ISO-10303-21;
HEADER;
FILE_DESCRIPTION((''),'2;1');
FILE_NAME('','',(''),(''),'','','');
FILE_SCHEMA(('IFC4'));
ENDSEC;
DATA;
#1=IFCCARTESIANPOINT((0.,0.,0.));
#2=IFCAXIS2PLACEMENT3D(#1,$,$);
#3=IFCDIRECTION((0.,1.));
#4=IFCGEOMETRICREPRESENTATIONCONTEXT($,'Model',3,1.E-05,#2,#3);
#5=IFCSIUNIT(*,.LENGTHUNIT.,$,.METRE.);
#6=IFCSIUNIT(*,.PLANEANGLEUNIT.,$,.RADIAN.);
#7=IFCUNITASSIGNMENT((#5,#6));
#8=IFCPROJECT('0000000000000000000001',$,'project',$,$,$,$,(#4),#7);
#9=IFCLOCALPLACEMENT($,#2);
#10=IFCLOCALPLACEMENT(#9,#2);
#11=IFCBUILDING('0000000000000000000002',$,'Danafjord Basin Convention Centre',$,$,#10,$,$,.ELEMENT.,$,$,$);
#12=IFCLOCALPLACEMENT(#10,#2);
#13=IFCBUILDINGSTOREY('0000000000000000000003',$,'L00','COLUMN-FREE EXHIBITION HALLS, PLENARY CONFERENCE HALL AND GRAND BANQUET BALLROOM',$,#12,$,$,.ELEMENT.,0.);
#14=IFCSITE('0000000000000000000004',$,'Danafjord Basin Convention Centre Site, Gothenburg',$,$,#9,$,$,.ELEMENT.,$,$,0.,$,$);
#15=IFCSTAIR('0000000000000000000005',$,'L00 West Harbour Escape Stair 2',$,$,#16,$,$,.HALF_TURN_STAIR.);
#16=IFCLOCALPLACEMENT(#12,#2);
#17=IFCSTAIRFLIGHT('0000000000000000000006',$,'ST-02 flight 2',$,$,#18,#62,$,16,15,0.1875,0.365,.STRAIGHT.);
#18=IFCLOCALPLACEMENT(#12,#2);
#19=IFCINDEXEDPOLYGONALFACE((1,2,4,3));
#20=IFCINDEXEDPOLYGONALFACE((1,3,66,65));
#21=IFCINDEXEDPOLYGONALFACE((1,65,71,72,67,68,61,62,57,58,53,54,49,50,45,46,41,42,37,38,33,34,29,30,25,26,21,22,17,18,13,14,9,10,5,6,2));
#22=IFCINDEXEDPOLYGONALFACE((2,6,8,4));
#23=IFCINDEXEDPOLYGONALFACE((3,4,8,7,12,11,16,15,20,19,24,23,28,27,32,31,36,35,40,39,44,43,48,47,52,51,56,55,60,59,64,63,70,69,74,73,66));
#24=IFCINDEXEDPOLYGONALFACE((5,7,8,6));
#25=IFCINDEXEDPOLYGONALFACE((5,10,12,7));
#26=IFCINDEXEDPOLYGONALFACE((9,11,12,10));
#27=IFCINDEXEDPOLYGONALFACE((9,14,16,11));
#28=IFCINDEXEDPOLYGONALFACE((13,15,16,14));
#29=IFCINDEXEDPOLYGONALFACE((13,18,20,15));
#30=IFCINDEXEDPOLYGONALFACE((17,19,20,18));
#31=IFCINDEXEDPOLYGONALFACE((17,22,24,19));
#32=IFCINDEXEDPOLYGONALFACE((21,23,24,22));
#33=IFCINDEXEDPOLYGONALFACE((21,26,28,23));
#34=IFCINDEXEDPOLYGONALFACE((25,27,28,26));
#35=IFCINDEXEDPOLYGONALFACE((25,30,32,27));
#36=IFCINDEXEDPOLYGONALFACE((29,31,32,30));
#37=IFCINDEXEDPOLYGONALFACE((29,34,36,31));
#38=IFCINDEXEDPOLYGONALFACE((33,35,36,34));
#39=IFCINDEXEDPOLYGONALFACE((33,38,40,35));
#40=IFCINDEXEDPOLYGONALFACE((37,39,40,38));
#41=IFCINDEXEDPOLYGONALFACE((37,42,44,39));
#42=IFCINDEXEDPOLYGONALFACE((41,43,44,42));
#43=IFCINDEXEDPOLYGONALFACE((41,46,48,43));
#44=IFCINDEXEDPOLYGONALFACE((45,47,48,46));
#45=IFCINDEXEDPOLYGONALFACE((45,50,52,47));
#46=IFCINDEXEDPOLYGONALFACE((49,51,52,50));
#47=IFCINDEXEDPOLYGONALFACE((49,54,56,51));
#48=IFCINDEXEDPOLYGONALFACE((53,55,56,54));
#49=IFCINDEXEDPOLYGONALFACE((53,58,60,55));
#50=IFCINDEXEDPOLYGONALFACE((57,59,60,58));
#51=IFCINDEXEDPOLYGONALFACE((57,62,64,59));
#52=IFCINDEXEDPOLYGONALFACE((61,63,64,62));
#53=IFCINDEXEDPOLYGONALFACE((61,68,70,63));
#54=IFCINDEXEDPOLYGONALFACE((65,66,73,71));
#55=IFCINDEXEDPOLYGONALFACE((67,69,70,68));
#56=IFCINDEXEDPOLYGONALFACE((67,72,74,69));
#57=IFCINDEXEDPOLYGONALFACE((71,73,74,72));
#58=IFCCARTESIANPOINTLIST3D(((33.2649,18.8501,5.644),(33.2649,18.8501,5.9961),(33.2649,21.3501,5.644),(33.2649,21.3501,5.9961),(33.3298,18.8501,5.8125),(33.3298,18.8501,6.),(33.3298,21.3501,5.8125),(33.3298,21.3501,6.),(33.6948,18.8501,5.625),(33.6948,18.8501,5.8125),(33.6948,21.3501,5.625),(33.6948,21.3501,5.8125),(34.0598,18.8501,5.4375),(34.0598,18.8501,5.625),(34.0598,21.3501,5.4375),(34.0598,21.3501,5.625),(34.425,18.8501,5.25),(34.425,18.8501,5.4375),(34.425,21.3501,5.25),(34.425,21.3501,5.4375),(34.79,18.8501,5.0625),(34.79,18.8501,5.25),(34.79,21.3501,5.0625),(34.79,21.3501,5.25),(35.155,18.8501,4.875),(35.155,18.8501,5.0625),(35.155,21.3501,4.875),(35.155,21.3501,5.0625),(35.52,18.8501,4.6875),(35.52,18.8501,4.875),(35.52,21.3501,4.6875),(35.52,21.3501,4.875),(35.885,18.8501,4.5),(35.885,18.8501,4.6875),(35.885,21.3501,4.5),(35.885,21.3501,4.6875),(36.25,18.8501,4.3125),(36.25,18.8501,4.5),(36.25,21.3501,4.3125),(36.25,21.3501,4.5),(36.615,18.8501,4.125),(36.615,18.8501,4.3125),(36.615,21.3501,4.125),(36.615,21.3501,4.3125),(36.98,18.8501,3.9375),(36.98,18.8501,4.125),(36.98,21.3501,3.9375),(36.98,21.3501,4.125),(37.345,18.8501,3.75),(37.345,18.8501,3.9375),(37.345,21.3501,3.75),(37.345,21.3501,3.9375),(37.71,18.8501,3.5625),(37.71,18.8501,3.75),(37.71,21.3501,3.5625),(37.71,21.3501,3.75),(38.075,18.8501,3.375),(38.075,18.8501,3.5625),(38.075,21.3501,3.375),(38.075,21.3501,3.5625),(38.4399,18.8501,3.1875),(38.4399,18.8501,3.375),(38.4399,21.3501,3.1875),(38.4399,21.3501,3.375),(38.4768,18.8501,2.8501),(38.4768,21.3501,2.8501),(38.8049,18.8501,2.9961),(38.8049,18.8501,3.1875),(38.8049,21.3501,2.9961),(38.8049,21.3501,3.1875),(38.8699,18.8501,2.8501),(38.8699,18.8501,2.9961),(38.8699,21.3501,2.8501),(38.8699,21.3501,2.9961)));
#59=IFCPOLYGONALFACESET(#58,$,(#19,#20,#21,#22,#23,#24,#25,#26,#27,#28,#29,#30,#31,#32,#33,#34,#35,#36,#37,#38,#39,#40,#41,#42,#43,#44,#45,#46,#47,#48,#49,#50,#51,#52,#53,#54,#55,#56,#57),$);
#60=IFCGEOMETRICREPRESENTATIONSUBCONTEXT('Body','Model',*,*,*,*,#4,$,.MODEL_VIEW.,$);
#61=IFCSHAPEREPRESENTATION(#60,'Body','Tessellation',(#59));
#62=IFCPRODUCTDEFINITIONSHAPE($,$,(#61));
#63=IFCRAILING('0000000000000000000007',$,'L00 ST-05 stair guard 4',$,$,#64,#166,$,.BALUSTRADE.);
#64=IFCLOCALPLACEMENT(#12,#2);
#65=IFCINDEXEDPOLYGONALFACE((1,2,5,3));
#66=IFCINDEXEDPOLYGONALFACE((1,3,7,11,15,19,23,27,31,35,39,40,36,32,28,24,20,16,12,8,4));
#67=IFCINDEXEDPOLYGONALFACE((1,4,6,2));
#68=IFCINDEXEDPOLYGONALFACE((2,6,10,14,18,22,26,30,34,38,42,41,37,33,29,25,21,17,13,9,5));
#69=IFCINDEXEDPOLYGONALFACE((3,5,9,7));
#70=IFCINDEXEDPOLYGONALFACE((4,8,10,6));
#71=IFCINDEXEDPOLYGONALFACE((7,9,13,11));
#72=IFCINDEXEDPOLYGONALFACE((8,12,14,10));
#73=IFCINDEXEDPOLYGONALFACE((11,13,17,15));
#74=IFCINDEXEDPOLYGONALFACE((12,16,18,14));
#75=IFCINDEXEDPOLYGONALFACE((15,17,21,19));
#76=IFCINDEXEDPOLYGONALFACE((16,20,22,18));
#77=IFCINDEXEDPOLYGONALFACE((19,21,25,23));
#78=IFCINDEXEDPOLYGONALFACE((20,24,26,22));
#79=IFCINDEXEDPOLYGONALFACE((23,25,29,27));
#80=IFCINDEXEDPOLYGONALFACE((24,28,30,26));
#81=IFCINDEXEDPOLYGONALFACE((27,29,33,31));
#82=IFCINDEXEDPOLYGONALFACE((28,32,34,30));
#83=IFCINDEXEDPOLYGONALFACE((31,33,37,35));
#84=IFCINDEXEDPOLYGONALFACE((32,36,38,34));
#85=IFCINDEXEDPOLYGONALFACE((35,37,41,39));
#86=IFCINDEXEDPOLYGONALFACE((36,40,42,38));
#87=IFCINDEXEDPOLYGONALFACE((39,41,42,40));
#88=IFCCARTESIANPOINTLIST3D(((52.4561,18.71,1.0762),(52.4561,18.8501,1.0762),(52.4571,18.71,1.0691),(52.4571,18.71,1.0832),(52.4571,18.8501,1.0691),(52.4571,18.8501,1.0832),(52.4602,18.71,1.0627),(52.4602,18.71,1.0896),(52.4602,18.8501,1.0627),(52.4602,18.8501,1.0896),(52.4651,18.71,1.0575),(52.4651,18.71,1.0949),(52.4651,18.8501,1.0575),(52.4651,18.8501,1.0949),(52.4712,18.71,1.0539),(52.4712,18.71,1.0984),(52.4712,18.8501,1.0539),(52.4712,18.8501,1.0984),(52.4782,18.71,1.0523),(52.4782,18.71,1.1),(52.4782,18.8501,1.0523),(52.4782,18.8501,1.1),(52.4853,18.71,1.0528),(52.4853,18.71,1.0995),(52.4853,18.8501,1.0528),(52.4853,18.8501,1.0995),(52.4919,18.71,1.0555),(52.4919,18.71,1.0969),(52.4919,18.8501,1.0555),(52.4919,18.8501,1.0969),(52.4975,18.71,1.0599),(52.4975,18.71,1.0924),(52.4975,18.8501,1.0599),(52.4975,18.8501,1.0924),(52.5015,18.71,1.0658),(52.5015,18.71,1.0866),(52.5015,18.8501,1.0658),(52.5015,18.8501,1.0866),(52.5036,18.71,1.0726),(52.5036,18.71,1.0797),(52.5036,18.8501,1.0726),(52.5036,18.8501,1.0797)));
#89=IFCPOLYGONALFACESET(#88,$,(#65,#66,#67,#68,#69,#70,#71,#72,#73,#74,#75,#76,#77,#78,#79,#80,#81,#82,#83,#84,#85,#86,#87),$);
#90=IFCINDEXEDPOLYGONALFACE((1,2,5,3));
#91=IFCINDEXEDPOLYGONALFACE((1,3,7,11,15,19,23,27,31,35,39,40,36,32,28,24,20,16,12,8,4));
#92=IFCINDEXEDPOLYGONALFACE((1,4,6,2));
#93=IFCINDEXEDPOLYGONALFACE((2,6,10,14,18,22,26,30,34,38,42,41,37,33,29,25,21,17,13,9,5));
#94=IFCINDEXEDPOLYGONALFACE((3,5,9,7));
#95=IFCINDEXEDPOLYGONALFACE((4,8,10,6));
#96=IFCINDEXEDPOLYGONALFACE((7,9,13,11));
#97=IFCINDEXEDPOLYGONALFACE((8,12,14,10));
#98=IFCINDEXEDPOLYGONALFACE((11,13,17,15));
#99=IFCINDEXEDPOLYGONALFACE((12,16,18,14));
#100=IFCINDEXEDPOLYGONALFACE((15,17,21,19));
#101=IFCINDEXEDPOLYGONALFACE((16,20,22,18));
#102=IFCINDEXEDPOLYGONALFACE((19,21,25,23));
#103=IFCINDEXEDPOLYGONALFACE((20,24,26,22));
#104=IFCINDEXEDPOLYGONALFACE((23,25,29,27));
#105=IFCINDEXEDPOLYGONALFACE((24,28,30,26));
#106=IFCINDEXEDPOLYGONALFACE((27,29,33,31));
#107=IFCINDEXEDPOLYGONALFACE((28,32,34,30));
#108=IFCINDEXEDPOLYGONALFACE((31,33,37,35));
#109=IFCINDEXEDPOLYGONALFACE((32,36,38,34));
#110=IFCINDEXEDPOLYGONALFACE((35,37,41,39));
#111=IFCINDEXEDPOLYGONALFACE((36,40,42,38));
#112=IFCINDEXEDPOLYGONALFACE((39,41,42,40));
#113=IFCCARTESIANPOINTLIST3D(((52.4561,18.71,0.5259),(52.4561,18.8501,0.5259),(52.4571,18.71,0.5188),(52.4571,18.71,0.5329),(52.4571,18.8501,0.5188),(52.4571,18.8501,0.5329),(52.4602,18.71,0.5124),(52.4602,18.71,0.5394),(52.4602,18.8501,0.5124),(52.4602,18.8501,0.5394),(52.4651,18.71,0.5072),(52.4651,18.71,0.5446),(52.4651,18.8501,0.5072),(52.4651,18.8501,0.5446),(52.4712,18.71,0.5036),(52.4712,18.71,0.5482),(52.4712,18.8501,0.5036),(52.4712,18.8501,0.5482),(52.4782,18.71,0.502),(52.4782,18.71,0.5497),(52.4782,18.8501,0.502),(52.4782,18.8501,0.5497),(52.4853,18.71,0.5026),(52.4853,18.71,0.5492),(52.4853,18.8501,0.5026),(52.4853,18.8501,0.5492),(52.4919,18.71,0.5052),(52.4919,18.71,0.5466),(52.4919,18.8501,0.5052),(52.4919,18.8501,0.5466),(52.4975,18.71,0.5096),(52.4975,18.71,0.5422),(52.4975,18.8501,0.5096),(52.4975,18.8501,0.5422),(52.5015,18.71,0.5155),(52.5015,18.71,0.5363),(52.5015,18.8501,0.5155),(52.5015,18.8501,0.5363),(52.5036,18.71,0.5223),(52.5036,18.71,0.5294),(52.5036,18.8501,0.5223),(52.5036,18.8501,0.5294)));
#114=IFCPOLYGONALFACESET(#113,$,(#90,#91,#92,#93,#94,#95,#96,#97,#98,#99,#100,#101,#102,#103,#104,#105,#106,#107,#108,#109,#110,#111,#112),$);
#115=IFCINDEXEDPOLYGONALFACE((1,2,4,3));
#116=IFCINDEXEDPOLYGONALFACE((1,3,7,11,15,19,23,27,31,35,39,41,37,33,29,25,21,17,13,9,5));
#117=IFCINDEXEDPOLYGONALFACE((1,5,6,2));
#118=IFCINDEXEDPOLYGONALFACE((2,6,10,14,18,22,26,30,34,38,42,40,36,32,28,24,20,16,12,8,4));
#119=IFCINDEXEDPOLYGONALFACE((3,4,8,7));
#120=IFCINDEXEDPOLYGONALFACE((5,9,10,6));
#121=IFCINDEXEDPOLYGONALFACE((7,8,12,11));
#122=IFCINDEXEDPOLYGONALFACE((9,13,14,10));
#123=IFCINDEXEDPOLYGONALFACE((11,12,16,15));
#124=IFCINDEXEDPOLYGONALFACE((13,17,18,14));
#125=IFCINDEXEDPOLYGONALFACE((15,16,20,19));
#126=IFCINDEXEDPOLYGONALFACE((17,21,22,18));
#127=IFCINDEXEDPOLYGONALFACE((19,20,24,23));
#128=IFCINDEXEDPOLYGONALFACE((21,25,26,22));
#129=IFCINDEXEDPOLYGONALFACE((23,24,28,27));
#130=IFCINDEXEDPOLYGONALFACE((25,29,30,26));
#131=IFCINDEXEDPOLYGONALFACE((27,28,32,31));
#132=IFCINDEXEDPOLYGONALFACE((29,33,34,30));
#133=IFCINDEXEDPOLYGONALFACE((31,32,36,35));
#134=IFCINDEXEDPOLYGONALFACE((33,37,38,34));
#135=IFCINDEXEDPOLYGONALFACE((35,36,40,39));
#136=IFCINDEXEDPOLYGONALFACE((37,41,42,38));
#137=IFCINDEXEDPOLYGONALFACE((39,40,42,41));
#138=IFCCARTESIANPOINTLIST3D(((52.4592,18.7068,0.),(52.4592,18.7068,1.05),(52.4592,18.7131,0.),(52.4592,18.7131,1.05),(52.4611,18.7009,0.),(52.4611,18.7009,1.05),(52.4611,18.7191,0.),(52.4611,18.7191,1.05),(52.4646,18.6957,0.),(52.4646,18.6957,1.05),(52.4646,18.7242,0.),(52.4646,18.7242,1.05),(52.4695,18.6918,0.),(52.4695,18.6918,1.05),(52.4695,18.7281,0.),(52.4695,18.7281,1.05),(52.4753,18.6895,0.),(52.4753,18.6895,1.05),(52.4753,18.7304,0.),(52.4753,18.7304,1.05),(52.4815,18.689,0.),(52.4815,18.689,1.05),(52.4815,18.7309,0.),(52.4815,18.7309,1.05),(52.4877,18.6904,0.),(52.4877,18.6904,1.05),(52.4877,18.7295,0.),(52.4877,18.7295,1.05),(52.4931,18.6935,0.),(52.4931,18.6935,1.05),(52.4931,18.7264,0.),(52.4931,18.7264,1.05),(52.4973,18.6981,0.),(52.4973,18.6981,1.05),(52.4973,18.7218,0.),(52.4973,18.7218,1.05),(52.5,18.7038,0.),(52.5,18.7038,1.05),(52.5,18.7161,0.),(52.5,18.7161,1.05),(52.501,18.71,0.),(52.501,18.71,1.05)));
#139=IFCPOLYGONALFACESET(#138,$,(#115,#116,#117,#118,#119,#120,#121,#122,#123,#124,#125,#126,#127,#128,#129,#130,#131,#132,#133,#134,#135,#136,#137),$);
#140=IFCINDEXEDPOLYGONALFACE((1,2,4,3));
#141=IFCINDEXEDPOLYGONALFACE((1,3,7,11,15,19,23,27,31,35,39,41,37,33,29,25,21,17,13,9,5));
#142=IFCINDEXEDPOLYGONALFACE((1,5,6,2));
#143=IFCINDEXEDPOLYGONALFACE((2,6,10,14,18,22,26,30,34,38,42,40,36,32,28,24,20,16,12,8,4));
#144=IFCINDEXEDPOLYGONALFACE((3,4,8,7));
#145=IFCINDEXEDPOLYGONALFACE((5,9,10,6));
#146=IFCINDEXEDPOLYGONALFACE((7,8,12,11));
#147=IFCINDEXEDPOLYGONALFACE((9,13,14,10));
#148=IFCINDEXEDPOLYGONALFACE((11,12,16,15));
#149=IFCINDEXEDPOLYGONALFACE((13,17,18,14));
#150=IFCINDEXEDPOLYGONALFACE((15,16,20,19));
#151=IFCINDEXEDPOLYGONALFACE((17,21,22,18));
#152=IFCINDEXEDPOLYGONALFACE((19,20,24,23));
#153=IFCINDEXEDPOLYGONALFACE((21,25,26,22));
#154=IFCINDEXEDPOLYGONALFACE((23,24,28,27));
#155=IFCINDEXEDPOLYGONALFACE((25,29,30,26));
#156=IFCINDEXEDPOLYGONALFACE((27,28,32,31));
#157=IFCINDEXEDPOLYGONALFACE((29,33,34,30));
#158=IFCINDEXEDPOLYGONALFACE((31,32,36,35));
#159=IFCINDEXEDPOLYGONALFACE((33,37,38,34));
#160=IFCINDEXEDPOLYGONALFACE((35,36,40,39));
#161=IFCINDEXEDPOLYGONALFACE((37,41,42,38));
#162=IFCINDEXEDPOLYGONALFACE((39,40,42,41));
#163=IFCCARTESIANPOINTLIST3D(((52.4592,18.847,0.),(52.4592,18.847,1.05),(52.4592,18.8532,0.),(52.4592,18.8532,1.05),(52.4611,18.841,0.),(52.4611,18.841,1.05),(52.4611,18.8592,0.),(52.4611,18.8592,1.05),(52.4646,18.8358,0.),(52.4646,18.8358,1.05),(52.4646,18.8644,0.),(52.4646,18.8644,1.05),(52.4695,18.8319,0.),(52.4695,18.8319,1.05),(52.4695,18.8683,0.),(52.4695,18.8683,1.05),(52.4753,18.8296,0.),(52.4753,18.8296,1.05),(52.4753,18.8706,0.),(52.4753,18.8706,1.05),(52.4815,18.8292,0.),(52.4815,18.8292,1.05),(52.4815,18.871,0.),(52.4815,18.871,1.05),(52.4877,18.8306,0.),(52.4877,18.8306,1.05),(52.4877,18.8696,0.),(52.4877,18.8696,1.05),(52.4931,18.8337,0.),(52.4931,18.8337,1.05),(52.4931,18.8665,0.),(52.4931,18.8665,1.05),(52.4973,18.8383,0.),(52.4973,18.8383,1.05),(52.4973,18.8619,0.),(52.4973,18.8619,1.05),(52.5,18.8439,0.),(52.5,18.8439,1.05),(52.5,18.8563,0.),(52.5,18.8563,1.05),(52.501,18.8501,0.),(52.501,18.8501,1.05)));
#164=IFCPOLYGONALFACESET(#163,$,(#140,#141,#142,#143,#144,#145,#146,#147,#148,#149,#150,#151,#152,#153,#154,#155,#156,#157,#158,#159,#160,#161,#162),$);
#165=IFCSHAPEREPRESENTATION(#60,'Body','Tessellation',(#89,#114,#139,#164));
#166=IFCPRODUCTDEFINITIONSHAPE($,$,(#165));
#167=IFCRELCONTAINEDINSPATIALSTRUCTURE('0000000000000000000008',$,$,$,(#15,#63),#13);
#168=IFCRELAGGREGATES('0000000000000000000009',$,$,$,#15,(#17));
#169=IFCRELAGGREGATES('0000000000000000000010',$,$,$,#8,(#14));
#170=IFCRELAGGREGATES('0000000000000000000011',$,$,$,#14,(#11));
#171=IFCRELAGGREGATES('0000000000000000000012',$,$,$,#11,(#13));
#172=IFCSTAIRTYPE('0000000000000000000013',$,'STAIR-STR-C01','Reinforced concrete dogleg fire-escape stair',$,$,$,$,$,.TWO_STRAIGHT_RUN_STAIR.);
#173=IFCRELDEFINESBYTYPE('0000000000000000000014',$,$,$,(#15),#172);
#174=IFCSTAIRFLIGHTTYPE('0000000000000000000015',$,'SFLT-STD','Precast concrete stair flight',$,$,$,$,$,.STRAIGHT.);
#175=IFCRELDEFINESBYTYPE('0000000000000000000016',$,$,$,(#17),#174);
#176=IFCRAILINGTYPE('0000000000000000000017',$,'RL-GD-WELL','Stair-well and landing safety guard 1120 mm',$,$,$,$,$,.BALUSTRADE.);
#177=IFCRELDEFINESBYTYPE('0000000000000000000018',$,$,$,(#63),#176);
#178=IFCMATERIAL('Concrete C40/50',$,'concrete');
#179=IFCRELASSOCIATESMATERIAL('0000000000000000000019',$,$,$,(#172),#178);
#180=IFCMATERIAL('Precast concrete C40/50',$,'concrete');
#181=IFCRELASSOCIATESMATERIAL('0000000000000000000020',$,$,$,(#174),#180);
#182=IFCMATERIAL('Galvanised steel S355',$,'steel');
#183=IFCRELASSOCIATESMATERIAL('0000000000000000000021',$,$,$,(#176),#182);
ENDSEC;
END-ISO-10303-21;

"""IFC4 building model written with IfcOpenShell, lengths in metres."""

from ifc_helpers import new_model, si_unit, direction, frame, origin, origin_2d, place, context, subcontext, project, spatial, polyline, circle, outline, extrude, material, type_object, element, aggregate, save


model = new_model("IFC4")

# Units and contexts
model_context = context("Model", 3, precision=1e-05, world=origin(), true_north=direction((0.0, 1.0)))
body_context = subcontext(model_context, "Body", "Model", "MODEL_VIEW")
ifc_project = project(units=[si_unit("LENGTHUNIT", "METRE"), si_unit("PLANEANGLEUNIT", "RADIAN")], contexts=[model_context])

# Site, building, storey
site_placement = place(None, origin())
site = spatial("IfcSite", under=ifc_project, at=site_placement, Name="Danafjord Basin Convention Centre Site, Gothenburg", CompositionType="ELEMENT", RefElevation=0.0)
building_placement = place(site_placement, origin())
building = spatial("IfcBuilding", under=site, at=building_placement, Name="Danafjord Basin Convention Centre", CompositionType="ELEMENT")
storey_placement = place(building_placement, origin())
storey = spatial("IfcBuildingStorey", under=building, at=storey_placement, Name="L00", Description="COLUMN-FREE EXHIBITION HALLS, PLENARY CONFERENCE HALL AND GRAND BANQUET BALLROOM", CompositionType="ELEMENT", Elevation=0.0)

# Shared definitions
ifc_material_1 = material(Name="Concrete C40/50", Category="concrete")

# Stair, stair flight
stair_type = type_object("IfcStairType", Name="STAIR-STR-C01", Description="Reinforced concrete dogleg fire-escape stair", PredefinedType="TWO_STRAIGHT_RUN_STAIR", material=ifc_material_1)
ifc_material_2 = material(Name="Precast concrete C40/50", Category="concrete")
stair_flight_type = type_object("IfcStairFlightType", Name="SFLT-STD", Description="Precast concrete stair flight", PredefinedType="STRAIGHT", material=ifc_material_2)
stair_1_placement = place(storey_placement, origin())
stair_1 = element("IfcStair", 1, at=stair_1_placement, inside=storey, type_object=stair_type, Name="L00 West Harbour Escape Stair 2", PredefinedType="HALF_TURN_STAIR")
stair_flight_1_placement = place(storey_placement, frame((38.8049, 20.1001, 3.0), z_axis=(0.0, 0.0, 1.0), x_axis=(-1.0, 0.0, 0.0)))
stair_flight_1 = element("IfcStairFlight", 2, at=stair_flight_1_placement, type_object=stair_flight_type, Name="ST-02 flight 2", NumberOfRisers=16, NumberOfTreads=15, PredefinedType="STRAIGHT", RiserHeight=0.1875, TreadLength=0.365, context=body_context, shape_type="SweptSolid", body=[
    extrude(outline(polyline([(-0.0649, -0.1499), (-0.0649, -0.0039), (0.0, -0.0039), (0.0, 0.1875), (0.365, 0.1875), (0.365, 0.375), (0.73, 0.375), (0.73, 0.5625), (1.095, 0.5625), (1.095, 0.75), (1.46, 0.75), (1.46, 0.9375), (1.825, 0.9375), (1.825, 1.125), (2.1899, 1.125), (2.1899, 1.3125), (2.5549, 1.3125), (2.5549, 1.5), (2.9199, 1.5), (2.9199, 1.6875), (3.2849, 1.6875), (3.2849, 1.875), (3.6499, 1.875), (3.6499, 2.0625), (4.0149, 2.0625), (4.0149, 2.25), (4.3799, 2.25), (4.3799, 2.4375), (4.7451, 2.4375), (4.7451, 2.625), (5.1101, 2.625), (5.1101, 2.8125), (5.4751, 2.8125), (5.4751, 3.0), (5.54, 2.9961), (5.54, 2.644), (0.3281, -0.1499), (-0.0649, -0.1499)])), frame((0.0, 1.25, 0.0), z_axis=(0.0, -1.0, 0.0), x_axis=(1.0, 0.0, 0.0)), (0.0, 0.0, 1.0), 2.5),
])
aggregate(stair_1, [stair_flight_1])

# Railing
ifc_material_3 = material(Name="Galvanised steel S355", Category="steel")
railing_type_1 = type_object("IfcRailingType", Name="RL-GD-WELL", Description="Stair-well and landing safety guard 1120 mm", PredefinedType="BALUSTRADE", material=ifc_material_3)
for number, where, name in (
    (3, (52.48, 18.71, 0.0), "L00 ST-05 stair guard 4"),
):
    element("IfcRailing", number, at=place(storey_placement, frame(where)), inside=storey, type_object=railing_type_1, Name=name, PredefinedType="BALUSTRADE", context=body_context, shape_type="SweptSolid", body=[
        extrude(circle(Radius=0.0239, at=origin_2d()), frame((0.0, 0.0, 1.0762), z_axis=(0.0, 1.0, 0.0), x_axis=(-1.0, 0.0, 0.0)), (0.0, 0.0, 1.0), 0.1401),
        extrude(circle(Radius=0.0239, at=origin_2d()), frame((0.0, 0.0, 0.5259), z_axis=(0.0, 1.0, 0.0), x_axis=(-1.0, 0.0, 0.0)), (0.0, 0.0, 1.0), 0.1401),
        extrude(circle(Radius=0.021, at=origin_2d()), origin(), (0.0, 0.0, 1.0), 1.05),
        extrude(circle(Radius=0.021, at=origin_2d()), frame((0.0, 0.1401, 0.0)), (0.0, 0.0, 1.0), 1.05),
    ])

save(model, "model.ifc")
